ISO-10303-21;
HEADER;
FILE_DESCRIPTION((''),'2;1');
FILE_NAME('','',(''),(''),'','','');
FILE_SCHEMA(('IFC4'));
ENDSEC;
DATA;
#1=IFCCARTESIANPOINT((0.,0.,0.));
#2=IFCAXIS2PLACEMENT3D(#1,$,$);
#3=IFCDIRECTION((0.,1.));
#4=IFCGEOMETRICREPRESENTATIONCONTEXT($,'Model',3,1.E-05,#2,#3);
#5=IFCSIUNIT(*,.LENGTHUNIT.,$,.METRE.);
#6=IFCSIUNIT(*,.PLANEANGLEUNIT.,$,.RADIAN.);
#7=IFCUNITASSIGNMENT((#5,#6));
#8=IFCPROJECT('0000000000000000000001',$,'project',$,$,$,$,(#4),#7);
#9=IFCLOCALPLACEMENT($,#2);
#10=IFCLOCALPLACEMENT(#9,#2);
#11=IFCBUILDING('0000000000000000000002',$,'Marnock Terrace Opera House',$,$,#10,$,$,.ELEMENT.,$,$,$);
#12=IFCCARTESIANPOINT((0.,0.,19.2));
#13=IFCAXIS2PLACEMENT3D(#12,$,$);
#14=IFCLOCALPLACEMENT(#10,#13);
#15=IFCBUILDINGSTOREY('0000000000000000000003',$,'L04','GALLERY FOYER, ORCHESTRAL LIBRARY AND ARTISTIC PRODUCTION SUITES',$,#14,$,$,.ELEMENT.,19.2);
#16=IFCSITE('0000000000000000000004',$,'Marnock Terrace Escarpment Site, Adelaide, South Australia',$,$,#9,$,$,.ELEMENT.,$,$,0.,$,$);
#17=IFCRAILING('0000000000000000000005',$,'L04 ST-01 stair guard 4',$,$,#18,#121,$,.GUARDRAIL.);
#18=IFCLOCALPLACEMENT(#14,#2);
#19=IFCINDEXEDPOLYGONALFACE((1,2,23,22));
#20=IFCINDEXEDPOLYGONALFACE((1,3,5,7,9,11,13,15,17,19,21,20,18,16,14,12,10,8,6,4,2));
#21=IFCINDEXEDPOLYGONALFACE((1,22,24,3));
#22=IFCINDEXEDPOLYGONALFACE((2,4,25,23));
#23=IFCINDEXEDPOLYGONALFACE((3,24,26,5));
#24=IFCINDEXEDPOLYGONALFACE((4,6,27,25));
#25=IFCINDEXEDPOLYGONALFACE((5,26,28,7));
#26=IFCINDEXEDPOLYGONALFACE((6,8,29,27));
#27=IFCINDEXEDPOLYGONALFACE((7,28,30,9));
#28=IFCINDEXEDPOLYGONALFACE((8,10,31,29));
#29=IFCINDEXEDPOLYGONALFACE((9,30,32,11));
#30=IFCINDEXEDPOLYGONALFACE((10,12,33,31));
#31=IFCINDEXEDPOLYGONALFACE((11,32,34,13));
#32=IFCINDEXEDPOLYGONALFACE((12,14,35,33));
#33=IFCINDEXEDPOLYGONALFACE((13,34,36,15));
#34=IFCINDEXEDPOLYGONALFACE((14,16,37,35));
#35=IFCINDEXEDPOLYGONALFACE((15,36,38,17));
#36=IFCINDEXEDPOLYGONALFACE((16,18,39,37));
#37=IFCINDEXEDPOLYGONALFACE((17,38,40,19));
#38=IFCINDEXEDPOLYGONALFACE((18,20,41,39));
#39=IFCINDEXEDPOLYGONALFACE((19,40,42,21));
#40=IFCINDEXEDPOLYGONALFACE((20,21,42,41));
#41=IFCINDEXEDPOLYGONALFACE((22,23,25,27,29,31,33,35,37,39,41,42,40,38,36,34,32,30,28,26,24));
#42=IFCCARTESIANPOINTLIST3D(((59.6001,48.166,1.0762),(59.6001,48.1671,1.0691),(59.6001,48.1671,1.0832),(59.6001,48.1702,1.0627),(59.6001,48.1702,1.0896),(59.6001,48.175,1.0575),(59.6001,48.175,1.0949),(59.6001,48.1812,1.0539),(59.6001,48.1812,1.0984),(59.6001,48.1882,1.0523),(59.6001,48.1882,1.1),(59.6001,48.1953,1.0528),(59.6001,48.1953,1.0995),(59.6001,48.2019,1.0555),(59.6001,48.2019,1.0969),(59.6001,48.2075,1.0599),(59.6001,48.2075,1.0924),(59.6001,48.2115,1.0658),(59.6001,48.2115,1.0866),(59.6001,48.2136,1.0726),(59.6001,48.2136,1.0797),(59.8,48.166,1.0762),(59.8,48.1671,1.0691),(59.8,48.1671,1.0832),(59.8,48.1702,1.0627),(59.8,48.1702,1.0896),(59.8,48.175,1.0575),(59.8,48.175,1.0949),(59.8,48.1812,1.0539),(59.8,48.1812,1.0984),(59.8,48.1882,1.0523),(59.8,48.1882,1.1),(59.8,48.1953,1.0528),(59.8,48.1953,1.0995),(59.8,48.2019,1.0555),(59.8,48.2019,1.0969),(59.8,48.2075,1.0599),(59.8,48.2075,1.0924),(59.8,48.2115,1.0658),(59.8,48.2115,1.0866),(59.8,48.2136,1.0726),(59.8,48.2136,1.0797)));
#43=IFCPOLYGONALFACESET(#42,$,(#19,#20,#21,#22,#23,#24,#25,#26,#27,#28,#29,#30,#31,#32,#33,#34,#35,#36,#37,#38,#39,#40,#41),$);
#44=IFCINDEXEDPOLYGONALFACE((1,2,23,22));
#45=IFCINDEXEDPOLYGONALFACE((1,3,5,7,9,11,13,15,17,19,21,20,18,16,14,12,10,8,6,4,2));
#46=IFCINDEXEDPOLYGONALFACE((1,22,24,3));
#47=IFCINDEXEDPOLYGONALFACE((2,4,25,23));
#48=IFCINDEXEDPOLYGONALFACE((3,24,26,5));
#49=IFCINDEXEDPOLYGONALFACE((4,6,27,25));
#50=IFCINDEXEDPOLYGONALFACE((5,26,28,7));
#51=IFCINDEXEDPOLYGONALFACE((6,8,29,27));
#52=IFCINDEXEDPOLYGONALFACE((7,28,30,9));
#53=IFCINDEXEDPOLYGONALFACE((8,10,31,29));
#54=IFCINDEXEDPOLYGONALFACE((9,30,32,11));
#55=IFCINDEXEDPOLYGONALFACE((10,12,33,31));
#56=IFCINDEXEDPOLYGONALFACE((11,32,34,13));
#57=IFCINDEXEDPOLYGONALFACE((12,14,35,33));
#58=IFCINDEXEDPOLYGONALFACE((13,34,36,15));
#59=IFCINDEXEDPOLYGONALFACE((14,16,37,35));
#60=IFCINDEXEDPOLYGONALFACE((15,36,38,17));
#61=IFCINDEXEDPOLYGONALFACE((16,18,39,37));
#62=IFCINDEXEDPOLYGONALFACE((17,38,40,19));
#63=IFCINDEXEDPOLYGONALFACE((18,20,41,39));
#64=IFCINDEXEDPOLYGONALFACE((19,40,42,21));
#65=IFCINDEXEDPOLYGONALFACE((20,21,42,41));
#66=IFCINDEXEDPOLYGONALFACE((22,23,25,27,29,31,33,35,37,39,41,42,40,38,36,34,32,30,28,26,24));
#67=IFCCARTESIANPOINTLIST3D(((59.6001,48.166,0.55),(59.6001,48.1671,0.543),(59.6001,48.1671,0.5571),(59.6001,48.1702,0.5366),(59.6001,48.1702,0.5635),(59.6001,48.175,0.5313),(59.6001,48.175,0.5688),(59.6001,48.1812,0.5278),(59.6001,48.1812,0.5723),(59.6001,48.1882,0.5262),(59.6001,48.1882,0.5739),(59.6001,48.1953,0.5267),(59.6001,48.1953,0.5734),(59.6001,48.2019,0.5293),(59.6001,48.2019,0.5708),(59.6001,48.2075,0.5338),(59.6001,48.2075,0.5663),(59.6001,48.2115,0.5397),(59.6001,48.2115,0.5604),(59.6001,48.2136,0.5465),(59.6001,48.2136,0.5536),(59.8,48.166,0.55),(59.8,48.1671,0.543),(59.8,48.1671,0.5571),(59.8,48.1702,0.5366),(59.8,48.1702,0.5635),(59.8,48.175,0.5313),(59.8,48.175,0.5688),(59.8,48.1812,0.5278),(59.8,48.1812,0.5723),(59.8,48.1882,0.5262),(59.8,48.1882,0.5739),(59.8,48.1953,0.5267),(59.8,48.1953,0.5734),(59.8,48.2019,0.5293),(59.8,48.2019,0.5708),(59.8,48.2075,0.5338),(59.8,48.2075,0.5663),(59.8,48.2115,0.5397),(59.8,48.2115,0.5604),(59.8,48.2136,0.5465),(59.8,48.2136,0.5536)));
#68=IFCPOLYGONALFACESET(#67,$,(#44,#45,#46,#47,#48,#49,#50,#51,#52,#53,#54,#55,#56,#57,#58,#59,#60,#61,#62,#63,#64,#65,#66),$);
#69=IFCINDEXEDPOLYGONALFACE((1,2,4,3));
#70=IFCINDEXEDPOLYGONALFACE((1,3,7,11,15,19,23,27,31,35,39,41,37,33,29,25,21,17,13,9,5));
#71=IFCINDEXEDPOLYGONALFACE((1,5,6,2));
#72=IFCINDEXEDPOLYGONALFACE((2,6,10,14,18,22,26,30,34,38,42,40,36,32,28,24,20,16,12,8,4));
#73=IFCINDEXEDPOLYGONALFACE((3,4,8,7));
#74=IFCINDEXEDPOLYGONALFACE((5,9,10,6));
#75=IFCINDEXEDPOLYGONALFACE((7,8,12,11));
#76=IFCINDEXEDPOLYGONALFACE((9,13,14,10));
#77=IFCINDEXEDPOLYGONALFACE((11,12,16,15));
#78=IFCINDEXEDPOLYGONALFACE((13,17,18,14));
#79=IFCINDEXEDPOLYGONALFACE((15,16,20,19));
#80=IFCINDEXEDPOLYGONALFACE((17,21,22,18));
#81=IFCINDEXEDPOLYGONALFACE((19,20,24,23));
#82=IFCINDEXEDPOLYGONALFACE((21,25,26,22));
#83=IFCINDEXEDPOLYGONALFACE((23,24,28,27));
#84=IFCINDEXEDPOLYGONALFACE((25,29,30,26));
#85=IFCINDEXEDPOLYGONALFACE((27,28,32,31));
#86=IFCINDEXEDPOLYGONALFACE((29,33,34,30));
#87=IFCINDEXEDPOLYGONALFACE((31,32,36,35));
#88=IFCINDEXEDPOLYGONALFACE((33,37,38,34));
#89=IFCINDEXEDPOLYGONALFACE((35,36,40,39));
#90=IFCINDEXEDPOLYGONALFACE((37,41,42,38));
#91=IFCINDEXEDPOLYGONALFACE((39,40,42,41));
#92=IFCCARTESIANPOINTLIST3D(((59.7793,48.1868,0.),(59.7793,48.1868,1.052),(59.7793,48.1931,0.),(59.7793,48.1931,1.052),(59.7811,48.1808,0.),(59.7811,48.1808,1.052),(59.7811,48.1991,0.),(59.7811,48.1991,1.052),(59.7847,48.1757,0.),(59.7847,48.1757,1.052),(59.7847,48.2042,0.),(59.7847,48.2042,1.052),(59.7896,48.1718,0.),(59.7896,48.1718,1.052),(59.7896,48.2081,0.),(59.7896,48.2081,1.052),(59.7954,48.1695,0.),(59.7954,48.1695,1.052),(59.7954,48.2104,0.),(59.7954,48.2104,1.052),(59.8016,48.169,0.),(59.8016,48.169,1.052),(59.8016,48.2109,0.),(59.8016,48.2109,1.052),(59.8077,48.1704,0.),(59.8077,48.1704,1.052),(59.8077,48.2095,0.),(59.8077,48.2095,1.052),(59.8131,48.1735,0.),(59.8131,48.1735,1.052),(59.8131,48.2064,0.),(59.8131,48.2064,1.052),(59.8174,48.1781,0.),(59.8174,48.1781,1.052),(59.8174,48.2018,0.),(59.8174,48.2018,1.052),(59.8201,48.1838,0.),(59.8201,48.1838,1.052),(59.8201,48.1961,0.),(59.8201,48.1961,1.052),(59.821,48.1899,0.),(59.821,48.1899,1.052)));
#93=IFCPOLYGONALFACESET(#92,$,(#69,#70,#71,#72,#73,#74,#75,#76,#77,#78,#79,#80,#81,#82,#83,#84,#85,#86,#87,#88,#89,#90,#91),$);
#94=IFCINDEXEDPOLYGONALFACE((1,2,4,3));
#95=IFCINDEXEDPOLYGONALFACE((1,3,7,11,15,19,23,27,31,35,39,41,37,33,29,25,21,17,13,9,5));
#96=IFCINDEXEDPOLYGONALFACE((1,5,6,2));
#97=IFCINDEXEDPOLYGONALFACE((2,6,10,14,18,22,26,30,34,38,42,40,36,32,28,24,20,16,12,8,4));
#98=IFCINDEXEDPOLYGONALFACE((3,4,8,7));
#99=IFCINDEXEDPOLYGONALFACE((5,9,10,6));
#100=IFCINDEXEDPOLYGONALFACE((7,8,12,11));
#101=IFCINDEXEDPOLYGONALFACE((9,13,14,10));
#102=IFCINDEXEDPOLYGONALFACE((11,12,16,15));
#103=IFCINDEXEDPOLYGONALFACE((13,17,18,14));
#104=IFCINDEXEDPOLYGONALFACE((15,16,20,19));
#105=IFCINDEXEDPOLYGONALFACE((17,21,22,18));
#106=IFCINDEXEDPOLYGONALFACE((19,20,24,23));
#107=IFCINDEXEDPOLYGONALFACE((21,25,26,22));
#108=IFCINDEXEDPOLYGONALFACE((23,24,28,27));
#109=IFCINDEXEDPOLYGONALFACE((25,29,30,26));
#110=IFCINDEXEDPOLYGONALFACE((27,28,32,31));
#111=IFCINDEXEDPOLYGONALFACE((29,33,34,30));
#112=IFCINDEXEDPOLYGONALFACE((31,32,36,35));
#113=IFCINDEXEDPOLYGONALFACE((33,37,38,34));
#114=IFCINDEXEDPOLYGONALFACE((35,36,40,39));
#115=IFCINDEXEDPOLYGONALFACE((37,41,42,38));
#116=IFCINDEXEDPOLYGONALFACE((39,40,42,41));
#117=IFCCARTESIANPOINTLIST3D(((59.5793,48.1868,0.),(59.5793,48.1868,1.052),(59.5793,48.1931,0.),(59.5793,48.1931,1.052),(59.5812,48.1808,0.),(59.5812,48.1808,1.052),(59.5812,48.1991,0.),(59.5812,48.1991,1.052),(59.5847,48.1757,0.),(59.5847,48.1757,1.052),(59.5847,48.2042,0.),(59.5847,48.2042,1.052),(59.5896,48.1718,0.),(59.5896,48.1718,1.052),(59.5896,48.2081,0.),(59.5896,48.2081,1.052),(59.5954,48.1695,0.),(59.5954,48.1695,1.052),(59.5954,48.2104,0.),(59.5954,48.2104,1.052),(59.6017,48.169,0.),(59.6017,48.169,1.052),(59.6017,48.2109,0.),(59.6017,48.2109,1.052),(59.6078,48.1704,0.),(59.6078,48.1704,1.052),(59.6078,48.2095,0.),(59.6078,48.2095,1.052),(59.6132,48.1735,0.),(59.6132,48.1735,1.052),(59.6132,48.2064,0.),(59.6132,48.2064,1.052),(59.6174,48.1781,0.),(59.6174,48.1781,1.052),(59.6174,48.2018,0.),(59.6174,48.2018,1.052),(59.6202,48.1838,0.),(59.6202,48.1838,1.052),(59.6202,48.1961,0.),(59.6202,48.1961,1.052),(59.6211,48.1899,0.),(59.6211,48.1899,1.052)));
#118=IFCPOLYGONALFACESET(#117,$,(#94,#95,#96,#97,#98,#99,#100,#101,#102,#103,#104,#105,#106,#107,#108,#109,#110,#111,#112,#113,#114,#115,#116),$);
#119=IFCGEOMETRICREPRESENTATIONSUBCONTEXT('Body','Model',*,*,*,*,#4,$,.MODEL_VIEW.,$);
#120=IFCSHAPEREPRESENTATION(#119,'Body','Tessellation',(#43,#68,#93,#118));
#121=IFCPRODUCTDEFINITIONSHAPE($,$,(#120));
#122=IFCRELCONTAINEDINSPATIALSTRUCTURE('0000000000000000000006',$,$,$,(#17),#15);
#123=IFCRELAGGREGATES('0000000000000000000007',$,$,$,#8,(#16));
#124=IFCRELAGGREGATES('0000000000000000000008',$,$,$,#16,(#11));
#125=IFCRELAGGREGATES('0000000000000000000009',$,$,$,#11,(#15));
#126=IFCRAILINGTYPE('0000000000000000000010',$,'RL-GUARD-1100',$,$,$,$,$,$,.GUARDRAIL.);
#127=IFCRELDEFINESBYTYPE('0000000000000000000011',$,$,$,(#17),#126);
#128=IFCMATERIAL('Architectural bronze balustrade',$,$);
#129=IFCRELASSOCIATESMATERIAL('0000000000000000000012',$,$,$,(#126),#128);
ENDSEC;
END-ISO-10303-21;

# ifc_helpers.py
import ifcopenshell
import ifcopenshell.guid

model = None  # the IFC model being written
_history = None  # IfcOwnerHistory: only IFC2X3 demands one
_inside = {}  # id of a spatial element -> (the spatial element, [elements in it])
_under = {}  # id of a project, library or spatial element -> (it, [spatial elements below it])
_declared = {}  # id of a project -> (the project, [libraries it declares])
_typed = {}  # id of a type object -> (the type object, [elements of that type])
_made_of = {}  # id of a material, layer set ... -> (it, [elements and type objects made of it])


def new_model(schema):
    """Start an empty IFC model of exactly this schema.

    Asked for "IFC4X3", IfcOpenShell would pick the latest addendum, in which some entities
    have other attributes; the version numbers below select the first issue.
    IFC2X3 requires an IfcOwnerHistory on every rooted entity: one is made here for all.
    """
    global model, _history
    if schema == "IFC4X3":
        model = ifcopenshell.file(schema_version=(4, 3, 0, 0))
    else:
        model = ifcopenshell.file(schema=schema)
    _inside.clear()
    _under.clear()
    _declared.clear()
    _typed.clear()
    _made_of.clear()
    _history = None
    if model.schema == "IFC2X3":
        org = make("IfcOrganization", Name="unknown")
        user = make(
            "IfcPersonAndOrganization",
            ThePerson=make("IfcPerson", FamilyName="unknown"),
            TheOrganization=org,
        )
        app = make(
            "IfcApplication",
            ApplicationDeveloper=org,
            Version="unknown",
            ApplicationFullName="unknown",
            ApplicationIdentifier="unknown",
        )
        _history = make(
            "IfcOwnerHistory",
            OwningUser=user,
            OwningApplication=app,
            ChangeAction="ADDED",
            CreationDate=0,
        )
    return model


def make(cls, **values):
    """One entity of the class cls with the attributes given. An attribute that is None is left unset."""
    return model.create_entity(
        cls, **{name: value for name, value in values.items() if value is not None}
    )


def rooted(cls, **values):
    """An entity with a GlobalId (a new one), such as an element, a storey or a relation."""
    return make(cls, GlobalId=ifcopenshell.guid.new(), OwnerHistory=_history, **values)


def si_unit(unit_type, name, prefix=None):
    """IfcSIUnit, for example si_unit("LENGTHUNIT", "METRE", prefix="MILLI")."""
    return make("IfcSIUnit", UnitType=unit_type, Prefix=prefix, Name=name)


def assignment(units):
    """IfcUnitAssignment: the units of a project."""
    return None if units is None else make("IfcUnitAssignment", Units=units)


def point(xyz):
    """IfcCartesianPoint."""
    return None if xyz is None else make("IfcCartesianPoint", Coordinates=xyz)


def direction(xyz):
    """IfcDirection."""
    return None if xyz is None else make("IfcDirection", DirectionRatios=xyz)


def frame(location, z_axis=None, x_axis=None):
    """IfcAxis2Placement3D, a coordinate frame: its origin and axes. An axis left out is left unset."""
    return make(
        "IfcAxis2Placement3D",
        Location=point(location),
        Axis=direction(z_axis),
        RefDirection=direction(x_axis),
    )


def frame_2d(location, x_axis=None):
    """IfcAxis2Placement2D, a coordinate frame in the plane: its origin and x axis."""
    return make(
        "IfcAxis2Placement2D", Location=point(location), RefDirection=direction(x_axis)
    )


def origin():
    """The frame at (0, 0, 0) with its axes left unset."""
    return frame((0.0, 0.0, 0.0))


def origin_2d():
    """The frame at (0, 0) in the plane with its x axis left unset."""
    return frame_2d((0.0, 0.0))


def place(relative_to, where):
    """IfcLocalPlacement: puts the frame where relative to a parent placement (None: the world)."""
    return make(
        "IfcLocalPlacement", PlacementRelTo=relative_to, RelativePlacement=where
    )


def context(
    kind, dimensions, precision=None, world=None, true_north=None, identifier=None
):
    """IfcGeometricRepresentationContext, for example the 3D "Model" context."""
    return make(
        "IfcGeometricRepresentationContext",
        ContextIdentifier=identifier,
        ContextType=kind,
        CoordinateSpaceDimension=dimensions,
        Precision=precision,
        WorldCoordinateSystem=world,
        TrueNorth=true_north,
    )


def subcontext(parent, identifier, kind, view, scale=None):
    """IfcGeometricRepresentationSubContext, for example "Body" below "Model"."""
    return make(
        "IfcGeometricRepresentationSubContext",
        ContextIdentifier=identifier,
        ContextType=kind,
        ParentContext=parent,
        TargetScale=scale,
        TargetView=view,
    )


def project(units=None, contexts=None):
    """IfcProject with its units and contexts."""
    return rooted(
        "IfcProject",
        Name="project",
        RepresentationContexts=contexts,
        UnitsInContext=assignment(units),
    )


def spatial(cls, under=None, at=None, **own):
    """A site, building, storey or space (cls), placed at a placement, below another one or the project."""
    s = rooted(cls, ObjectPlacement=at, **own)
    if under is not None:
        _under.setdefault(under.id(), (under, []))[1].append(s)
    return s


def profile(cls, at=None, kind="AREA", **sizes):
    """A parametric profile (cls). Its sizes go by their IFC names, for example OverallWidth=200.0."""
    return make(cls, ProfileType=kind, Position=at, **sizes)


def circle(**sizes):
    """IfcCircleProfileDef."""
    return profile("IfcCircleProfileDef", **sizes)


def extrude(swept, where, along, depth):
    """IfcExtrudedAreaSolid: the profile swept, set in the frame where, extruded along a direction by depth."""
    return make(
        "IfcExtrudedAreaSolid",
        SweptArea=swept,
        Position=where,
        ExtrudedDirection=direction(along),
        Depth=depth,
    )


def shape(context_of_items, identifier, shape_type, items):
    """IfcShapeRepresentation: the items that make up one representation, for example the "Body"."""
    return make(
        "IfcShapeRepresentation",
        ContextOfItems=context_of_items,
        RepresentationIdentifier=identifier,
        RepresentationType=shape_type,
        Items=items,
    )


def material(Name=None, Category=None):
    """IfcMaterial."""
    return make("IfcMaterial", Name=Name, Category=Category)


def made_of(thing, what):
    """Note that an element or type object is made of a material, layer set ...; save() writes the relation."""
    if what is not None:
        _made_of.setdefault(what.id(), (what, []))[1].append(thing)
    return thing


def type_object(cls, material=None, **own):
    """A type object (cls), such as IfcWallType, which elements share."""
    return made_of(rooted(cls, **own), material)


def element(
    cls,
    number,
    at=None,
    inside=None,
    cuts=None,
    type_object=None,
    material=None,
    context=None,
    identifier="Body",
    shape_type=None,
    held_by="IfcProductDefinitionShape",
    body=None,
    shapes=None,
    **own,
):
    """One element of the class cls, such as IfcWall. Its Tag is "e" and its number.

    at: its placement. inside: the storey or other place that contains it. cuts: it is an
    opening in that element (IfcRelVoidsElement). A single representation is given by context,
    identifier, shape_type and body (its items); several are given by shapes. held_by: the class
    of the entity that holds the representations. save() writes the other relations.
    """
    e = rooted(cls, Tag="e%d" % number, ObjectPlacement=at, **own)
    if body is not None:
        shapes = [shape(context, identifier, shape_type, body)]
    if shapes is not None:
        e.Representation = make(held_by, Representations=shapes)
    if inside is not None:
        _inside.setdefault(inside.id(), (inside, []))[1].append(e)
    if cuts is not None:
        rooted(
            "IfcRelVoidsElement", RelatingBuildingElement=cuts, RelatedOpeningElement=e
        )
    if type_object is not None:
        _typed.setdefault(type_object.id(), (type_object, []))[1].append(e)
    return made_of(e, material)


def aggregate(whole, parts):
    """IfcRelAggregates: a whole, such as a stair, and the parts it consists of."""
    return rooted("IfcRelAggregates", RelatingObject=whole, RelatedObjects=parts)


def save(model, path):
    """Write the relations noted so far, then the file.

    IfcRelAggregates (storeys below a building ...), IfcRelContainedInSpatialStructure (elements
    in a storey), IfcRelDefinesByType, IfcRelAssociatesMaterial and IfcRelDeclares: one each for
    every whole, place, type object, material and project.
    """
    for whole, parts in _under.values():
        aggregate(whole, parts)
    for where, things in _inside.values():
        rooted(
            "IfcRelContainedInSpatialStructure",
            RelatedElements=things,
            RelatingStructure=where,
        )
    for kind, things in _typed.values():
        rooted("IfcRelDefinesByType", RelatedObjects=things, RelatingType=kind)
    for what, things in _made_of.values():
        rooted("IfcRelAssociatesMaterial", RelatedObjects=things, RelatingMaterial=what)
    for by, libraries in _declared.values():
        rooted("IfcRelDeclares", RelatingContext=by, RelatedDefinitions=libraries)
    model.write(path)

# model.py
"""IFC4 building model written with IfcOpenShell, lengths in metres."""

from ifc_helpers import new_model, si_unit, direction, frame, origin, origin_2d, place, context, subcontext, project, spatial, circle, extrude, material, type_object, element, save


model = new_model("IFC4")

# Units and contexts
model_context = context("Model", 3, precision=1e-05, world=origin(), true_north=direction((0.0, 1.0)))
body_context = subcontext(model_context, "Body", "Model", "MODEL_VIEW")
ifc_project = project(units=[si_unit("LENGTHUNIT", "METRE"), si_unit("PLANEANGLEUNIT", "RADIAN")], contexts=[model_context])

# Site, building, storey
site_placement = place(None, origin())
site = spatial("IfcSite", under=ifc_project, at=site_placement, Name="Marnock Terrace Escarpment Site, Adelaide, South Australia", CompositionType="ELEMENT", RefElevation=0.0)
building_placement = place(site_placement, origin())
building = spatial("IfcBuilding", under=site, at=building_placement, Name="Marnock Terrace Opera House", CompositionType="ELEMENT")
storey_placement = place(building_placement, frame((0.0, 0.0, 19.2)))
storey = spatial("IfcBuildingStorey", under=building, at=storey_placement, Name="L04", Description="GALLERY FOYER, ORCHESTRAL LIBRARY AND ARTISTIC PRODUCTION SUITES", CompositionType="ELEMENT", Elevation=19.2)

# Railing
ifc_material_1 = material(Name="Architectural bronze balustrade")
railing_type_1 = type_object("IfcRailingType", Name="RL-GUARD-1100", PredefinedType="GUARDRAIL", material=ifc_material_1)
railing_1_placement = place(storey_placement, frame((59.8, 48.1899, 0.0)))
element("IfcRailing", 1, at=railing_1_placement, inside=storey, type_object=railing_type_1, Name="L04 ST-01 stair guard 4", PredefinedType="GUARDRAIL", context=body_context, shape_type="SweptSolid", body=[
    extrude(circle(Radius=0.0239, at=origin_2d()), frame((0.0, 0.0, 1.0762), z_axis=(-1.0, 0.0, 0.0), x_axis=(0.0, -1.0, 0.0)), (0.0, 0.0, 1.0), 0.2),
    extrude(circle(Radius=0.0239, at=origin_2d()), frame((0.0, 0.0, 0.55), z_axis=(-1.0, 0.0, 0.0), x_axis=(0.0, -1.0, 0.0)), (0.0, 0.0, 1.0), 0.2),
    extrude(circle(Radius=0.021, at=origin_2d()), origin(), (0.0, 0.0, 1.0), 1.052),
    extrude(circle(Radius=0.021, at=origin_2d()), frame((-0.2, 0.0, 0.0)), (0.0, 0.0, 1.0), 1.052),
])

save(model, "model.ifc")
